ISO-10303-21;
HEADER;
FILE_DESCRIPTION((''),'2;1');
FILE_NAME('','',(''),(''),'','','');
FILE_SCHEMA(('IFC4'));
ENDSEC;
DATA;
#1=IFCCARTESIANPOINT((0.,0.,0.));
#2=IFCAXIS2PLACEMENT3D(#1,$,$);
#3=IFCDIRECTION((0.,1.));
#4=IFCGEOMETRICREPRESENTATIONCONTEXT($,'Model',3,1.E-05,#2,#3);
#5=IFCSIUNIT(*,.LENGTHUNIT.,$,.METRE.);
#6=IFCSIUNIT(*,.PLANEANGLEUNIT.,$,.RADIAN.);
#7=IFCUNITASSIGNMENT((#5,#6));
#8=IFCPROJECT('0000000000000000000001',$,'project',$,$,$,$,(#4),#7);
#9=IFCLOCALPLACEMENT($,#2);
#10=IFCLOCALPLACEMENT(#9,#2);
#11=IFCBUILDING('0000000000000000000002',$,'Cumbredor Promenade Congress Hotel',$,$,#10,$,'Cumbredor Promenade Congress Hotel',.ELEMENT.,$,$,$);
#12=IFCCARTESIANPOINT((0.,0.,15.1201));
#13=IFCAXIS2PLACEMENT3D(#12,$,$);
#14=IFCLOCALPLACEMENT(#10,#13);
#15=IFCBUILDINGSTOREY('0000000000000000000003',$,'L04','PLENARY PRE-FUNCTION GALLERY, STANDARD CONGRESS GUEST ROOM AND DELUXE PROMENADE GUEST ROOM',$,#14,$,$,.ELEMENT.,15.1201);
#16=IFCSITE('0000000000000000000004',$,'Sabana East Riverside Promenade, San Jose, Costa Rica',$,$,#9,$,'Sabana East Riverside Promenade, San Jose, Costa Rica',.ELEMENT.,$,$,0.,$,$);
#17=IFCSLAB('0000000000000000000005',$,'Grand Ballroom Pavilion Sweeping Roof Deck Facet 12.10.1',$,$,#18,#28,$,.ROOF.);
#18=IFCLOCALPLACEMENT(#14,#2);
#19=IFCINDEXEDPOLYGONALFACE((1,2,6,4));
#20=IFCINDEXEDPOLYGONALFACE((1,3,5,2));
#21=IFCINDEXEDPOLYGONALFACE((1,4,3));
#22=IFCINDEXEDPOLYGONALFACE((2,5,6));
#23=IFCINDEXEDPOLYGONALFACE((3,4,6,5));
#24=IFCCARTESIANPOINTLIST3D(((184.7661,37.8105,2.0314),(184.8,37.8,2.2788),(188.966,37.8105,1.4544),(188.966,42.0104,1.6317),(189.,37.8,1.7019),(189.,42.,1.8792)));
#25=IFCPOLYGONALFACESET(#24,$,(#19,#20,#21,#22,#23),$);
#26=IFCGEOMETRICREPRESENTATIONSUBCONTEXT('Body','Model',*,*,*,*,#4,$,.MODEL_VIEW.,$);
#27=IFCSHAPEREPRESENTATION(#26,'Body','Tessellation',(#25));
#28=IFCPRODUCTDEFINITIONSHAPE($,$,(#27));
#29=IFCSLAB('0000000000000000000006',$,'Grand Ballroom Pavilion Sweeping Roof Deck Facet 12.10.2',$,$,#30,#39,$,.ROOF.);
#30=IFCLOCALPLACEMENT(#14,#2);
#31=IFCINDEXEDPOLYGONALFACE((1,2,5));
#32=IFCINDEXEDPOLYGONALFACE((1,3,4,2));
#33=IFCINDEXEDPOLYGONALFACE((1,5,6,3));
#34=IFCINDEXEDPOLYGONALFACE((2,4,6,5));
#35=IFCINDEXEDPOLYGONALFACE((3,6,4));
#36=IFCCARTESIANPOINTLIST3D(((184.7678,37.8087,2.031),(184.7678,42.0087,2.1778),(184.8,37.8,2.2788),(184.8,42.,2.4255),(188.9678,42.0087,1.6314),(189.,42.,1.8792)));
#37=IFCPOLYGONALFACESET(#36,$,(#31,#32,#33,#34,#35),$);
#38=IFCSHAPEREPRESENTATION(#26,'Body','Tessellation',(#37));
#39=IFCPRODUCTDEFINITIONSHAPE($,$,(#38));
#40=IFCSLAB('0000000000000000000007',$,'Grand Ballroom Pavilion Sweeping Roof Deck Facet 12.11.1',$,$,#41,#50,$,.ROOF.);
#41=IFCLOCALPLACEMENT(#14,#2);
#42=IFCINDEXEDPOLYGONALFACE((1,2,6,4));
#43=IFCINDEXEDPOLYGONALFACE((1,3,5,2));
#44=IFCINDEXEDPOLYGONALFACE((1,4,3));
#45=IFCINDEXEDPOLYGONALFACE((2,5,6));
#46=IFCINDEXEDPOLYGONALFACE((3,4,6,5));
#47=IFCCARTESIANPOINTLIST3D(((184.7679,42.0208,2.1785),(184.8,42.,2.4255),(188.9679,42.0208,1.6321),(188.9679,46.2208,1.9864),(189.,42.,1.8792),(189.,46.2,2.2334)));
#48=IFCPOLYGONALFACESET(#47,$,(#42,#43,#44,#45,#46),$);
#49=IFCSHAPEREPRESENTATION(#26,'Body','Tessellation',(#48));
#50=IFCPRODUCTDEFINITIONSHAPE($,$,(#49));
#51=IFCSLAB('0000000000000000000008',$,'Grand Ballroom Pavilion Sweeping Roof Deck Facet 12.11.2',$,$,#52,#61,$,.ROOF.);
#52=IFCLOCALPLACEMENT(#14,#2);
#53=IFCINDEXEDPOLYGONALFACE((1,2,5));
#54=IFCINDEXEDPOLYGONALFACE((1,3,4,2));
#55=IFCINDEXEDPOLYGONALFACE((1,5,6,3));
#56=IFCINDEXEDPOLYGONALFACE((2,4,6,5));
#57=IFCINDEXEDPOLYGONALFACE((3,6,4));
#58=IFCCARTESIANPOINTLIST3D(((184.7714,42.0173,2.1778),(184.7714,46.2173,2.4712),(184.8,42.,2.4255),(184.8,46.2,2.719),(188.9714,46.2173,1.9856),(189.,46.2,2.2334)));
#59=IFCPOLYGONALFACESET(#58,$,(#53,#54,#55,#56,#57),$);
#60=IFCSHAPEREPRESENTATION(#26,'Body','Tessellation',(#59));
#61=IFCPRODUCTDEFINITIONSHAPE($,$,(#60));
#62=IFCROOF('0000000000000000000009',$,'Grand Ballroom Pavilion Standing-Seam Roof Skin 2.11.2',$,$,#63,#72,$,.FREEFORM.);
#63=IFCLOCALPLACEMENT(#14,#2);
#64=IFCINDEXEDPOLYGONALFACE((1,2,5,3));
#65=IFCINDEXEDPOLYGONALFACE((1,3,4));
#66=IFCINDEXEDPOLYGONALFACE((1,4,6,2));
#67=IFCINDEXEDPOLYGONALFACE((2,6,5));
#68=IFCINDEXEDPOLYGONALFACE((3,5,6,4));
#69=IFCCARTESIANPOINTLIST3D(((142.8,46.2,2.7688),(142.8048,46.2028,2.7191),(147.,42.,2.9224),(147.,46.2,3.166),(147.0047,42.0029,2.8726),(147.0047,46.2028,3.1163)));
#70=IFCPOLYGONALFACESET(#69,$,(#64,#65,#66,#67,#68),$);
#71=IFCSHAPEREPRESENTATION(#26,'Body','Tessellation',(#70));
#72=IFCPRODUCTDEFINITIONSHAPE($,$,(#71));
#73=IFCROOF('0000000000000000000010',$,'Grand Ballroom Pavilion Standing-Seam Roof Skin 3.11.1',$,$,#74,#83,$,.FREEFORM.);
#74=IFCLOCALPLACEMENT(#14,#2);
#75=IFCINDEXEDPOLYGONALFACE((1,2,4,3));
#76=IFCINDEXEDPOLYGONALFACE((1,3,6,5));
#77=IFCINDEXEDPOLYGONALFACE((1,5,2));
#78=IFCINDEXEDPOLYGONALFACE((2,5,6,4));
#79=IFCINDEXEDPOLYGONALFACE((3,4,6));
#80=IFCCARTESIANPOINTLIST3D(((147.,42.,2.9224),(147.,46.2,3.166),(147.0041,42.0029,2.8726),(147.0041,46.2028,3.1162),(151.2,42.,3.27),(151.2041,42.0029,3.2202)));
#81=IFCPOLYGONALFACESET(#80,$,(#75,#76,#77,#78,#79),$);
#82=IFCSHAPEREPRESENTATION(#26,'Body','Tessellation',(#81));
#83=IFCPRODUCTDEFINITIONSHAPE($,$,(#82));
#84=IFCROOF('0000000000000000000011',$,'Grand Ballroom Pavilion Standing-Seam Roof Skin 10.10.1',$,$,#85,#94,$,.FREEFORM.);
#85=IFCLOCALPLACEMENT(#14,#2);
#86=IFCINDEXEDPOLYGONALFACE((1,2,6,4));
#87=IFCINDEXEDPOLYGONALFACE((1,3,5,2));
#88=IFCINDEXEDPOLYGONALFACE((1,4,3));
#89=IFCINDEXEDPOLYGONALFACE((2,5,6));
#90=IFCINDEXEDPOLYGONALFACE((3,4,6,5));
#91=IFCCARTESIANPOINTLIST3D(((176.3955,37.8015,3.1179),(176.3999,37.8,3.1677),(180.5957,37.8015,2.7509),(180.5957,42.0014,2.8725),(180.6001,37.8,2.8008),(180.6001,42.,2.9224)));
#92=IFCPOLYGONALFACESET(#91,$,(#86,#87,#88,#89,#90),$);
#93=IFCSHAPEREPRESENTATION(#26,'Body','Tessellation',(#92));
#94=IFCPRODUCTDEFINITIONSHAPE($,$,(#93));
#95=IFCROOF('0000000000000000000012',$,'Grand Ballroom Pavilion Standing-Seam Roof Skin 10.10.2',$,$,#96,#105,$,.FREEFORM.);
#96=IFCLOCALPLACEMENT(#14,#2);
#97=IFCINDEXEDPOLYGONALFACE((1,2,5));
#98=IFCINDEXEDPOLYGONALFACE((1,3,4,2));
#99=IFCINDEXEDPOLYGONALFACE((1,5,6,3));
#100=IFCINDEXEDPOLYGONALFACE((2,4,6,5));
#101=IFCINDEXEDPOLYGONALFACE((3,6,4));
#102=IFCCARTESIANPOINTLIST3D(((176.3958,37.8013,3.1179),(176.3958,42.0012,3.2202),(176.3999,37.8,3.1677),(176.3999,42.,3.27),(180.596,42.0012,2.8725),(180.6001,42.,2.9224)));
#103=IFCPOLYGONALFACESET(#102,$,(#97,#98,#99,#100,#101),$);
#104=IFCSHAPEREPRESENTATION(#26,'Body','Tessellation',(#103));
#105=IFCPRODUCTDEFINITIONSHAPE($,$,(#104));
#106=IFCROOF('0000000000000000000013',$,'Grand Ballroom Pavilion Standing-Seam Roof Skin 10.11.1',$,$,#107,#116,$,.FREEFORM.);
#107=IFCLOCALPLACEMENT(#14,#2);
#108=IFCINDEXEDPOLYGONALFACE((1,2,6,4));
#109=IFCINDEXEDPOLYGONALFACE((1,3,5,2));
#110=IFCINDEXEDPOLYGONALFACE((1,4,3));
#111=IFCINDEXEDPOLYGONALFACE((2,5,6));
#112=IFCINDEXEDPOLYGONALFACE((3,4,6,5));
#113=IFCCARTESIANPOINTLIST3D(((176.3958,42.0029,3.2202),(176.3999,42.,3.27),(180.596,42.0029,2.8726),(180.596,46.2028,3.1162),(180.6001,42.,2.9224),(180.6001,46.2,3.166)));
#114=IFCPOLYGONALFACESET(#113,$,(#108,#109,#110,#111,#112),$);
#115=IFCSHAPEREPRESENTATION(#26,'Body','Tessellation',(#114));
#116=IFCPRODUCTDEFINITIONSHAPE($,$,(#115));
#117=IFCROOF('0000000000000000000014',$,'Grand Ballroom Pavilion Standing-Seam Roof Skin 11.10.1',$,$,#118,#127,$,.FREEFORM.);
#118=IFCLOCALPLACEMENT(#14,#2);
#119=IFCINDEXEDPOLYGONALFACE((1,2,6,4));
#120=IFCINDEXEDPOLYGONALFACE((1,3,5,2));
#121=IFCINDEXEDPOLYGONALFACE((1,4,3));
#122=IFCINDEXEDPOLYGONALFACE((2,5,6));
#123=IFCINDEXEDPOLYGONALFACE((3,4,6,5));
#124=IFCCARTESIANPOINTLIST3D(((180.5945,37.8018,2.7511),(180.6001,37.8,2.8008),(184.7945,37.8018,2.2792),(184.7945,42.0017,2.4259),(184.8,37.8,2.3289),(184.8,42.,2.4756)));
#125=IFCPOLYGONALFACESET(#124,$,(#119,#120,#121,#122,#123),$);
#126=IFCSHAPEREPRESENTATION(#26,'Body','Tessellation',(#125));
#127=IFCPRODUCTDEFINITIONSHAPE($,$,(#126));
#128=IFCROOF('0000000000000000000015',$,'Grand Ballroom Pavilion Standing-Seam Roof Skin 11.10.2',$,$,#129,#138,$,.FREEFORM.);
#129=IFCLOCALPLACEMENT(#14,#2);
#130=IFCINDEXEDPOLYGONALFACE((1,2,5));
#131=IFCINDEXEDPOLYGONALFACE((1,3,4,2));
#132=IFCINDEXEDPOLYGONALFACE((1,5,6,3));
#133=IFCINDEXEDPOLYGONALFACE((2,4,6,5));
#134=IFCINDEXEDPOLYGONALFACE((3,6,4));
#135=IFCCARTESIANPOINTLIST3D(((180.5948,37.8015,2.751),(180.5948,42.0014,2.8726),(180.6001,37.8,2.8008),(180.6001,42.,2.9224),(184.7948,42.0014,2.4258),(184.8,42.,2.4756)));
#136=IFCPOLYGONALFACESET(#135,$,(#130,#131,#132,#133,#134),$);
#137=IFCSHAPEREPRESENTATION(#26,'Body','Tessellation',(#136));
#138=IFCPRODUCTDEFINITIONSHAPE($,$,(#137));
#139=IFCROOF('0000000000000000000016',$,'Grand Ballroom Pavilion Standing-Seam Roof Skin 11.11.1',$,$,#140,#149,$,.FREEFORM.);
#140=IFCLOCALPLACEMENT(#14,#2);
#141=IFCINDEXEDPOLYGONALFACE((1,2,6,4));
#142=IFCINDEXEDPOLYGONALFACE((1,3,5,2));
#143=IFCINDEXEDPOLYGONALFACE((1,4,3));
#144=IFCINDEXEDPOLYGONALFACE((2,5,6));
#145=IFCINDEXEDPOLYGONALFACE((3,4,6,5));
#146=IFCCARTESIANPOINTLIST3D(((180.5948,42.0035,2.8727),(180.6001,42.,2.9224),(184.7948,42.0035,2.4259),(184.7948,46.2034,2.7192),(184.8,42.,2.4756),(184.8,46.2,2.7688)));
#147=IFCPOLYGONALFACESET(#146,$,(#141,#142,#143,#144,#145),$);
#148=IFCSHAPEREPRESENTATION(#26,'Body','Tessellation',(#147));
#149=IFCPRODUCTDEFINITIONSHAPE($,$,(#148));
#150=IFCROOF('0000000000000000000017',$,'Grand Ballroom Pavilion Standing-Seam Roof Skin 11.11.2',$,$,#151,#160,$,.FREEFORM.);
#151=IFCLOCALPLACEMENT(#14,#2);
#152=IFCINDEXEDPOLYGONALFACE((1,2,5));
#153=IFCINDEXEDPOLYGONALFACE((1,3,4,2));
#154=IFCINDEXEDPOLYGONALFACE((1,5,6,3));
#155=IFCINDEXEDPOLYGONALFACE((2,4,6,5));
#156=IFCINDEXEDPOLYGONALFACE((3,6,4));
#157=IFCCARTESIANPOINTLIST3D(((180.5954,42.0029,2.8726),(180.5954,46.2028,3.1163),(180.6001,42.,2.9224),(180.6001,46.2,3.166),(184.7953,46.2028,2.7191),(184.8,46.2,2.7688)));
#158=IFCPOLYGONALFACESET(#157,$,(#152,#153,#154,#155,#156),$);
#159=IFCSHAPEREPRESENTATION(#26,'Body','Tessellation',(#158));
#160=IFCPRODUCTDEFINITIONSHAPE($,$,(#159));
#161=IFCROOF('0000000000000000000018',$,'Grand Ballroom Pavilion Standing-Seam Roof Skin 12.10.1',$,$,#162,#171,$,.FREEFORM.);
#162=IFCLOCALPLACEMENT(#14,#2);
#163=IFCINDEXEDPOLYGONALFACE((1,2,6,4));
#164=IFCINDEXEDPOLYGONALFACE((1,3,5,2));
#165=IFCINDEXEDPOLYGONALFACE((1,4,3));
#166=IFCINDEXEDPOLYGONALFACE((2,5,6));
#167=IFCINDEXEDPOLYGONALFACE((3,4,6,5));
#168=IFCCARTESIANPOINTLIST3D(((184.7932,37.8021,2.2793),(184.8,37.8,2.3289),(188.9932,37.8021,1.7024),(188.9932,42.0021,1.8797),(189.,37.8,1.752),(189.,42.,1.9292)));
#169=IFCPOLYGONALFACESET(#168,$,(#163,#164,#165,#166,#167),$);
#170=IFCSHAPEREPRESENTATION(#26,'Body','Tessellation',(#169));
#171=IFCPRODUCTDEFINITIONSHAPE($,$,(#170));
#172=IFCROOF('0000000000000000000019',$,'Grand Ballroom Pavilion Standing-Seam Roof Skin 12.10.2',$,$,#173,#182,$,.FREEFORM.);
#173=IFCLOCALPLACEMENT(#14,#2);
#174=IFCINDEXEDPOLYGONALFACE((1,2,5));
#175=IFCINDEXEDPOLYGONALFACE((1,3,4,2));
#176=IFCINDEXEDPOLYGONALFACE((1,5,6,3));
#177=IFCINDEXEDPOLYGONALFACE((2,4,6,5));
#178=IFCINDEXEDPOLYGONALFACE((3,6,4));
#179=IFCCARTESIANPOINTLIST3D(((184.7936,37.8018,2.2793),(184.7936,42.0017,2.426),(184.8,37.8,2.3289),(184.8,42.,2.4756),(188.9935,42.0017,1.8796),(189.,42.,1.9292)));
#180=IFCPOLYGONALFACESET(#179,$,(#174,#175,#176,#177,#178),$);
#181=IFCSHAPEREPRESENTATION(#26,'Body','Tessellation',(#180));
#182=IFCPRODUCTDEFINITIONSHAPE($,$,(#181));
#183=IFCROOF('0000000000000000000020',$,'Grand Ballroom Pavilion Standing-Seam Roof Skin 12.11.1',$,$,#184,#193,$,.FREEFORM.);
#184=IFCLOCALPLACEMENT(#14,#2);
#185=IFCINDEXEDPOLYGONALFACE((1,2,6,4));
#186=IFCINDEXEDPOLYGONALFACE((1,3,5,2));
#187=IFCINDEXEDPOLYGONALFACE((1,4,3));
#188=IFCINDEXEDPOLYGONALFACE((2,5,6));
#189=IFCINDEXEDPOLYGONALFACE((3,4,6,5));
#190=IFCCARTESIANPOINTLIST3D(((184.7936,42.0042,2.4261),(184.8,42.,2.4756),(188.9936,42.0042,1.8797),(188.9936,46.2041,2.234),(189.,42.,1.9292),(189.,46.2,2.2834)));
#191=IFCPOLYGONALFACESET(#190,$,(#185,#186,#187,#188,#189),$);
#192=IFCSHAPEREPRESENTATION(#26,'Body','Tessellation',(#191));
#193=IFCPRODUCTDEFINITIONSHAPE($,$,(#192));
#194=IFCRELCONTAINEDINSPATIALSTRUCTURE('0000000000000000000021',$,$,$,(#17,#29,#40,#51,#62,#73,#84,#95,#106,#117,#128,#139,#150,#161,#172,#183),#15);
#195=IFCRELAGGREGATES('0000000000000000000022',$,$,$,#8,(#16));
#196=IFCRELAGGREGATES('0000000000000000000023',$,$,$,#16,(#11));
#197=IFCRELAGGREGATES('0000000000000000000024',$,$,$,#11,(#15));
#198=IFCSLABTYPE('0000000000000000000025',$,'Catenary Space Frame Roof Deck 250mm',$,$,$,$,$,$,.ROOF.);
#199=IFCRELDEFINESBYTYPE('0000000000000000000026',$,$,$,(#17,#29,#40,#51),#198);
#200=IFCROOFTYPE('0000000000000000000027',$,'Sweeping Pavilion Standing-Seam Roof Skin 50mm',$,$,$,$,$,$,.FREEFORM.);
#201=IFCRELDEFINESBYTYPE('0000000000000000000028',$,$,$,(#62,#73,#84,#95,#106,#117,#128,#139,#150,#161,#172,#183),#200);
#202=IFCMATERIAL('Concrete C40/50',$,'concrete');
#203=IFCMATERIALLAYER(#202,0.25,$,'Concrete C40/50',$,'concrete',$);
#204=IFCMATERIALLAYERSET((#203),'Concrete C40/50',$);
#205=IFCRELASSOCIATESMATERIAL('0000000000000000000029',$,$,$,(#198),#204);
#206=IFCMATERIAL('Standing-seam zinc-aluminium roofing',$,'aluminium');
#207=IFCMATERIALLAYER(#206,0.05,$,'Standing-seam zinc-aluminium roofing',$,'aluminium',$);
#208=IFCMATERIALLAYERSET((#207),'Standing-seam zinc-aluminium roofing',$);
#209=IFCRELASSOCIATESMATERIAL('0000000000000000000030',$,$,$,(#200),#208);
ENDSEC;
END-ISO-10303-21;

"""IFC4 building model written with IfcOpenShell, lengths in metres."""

from ifc_helpers import new_model, si_unit, direction, frame, origin, place, context, subcontext, project, spatial, polyline, outline, extrude, material, layer, layer_set, type_object, element, save


model = new_model("IFC4")

# Units and contexts
model_context = context("Model", 3, precision=1e-05, world=origin(), true_north=direction((0.0, 1.0)))
body_context = subcontext(model_context, "Body", "Model", "MODEL_VIEW")
ifc_project = project(units=[si_unit("LENGTHUNIT", "METRE"), si_unit("PLANEANGLEUNIT", "RADIAN")], contexts=[model_context])

# Site, building, storey
site_placement = place(None, origin())
site = spatial("IfcSite", under=ifc_project, at=site_placement, Name="Sabana East Riverside Promenade, San Jose, Costa Rica", LongName="Sabana East Riverside Promenade, San Jose, Costa Rica", CompositionType="ELEMENT", RefElevation=0.0)
building_placement = place(site_placement, origin())
building = spatial("IfcBuilding", under=site, at=building_placement, Name="Cumbredor Promenade Congress Hotel", LongName="Cumbredor Promenade Congress Hotel", CompositionType="ELEMENT")
storey_placement = place(building_placement, frame((0.0, 0.0, 15.1201)))
storey = spatial("IfcBuildingStorey", under=building, at=storey_placement, Name="L04", Description="PLENARY PRE-FUNCTION GALLERY, STANDARD CONGRESS GUEST ROOM AND DELUXE PROMENADE GUEST ROOM", CompositionType="ELEMENT", Elevation=15.1201)

# Slabs
ifc_material_1 = material(Name="Concrete C40/50", Category="concrete")
ifc_layer_1 = layer(ifc_material_1, 0.25, Name="Concrete C40/50", Category="concrete")
ifc_layer_set_1 = layer_set([ifc_layer_1], Name="Concrete C40/50")
slab_type = type_object("IfcSlabType", Name="Catenary Space Frame Roof Deck 250mm", PredefinedType="ROOF", material=ifc_layer_set_1)
slab_1_placement = place(storey_placement, frame((184.8, 37.8, 2.2788), z_axis=(0.135963, -0.041773, 0.989833), x_axis=(0.990698, 0.0, -0.136082)))
element("IfcSlab", 1, at=slab_1_placement, inside=storey, type_object=slab_type, Name="Grand Ballroom Pavilion Sweeping Roof Deck Facet 12.10.1", PredefinedType="ROOF", context=body_context, shape_type="SweptSolid", body=[
    extrude(outline(polyline([(0.0, 0.0), (4.2394, 0.0), (4.2153, 4.2036), (0.0, 0.0)])), origin(), (0.0, 0.0, -1.0), 0.25),
])
slab_2_placement = place(storey_placement, frame((184.8, 37.8, 2.2788), z_axis=(0.128929, -0.034623, 0.991049), x_axis=(0.705511, 0.705511, -0.067135)))
element("IfcSlab", 2, at=slab_2_placement, inside=storey, type_object=slab_type, Name="Grand Ballroom Pavilion Sweeping Roof Deck Facet 12.10.2", PredefinedType="ROOF", context=body_context, shape_type="SweptSolid", body=[
    extrude(outline(polyline([(0.0, 0.0), (5.9531, 0.0), (2.9533, 2.9899), (0.0, 0.0)])), origin(), (0.0, 0.0, -1.0), 0.25),
])
slab_3_placement = place(storey_placement, frame((184.8, 42.0, 2.4255), z_axis=(0.128558, -0.08335, 0.988193), x_axis=(0.991644, 0.0, -0.129006)))
element("IfcSlab", 3, at=slab_3_placement, inside=storey, type_object=slab_type, Name="Grand Ballroom Pavilion Sweeping Roof Deck Facet 12.11.1", PredefinedType="ROOF", context=body_context, shape_type="SweptSolid", body=[
    extrude(outline(polyline([(0.0, 0.0), (4.2353, 0.0), (4.1896, 4.2146), (0.0, 0.0)])), origin(), (0.0, 0.0, -1.0), 0.25),
])
slab_4_placement = place(storey_placement, frame((184.8, 42.0, 2.4255), z_axis=(0.114579, -0.069243, 0.990998), x_axis=(0.706737, 0.706737, -0.032332)))
element("IfcSlab", 4, at=slab_4_placement, inside=storey, type_object=slab_type, Name="Grand Ballroom Pavilion Sweeping Roof Deck Facet 12.11.2", PredefinedType="ROOF", context=body_context, shape_type="SweptSolid", body=[
    extrude(outline(polyline([(0.0, 0.0), (5.9427, 0.0), (2.9588, 2.9952), (0.0, 0.0)])), origin(), (0.0, 0.0, -1.0), 0.25),
])

# Roofs
ifc_material_2 = material(Name="Standing-seam zinc-aluminium roofing", Category="aluminium")
ifc_layer_2 = layer(ifc_material_2, 0.05, Name="Standing-seam zinc-aluminium roofing", Category="aluminium")
ifc_layer_set_2 = layer_set([ifc_layer_2], Name="Standing-seam zinc-aluminium roofing")
roof_type = type_object("IfcRoofType", Name="Sweeping Pavilion Standing-Seam Roof Skin 50mm", PredefinedType="FREEFORM", material=ifc_layer_set_2)
roof_1_placement = place(storey_placement, frame((147.0, 42.0, 2.9224), z_axis=(-0.094, -0.057659, 0.993901), x_axis=(0.0, 0.998321, 0.057916)))
element("IfcRoof", 5, at=roof_1_placement, inside=storey, type_object=roof_type, Name="Grand Ballroom Pavilion Standing-Seam Roof Skin 2.11.2", PredefinedType="FREEFORM", context=body_context, shape_type="SweptSolid", body=[
    extrude(outline(polyline([(0.0, 0.0), (4.207, 0.0), (4.184, 4.2186), (0.0, 0.0)])), origin(), (0.0, 0.0, -1.0), 0.05),
])
roof_2_placement = place(storey_placement, frame((147.0, 42.0, 2.9224), z_axis=(-0.082357, -0.057719, 0.99493), x_axis=(0.996592, 0.0, 0.082494)))
element("IfcRoof", 6, at=roof_2_placement, inside=storey, type_object=roof_type, Name="Grand Ballroom Pavilion Standing-Seam Roof Skin 3.11.1", PredefinedType="FREEFORM", context=body_context, shape_type="SweptSolid", body=[
    extrude(outline(polyline([(0.0, 0.0), (4.2143, 0.0), (0.0201, 4.207), (0.0, 0.0)])), origin(), (0.0, 0.0, -1.0), 0.05),
])
roof_3_placement = place(storey_placement, frame((176.3999, 37.8, 3.1677), z_axis=(0.086996, -0.028827, 0.995792), x_axis=(0.996206, 0.0, -0.087032)))
element("IfcRoof", 7, at=roof_3_placement, inside=storey, type_object=roof_type, Name="Grand Ballroom Pavilion Standing-Seam Roof Skin 10.10.1", PredefinedType="FREEFORM", context=body_context, shape_type="SweptSolid", body=[
    extrude(outline(polyline([(0.0, 0.0), (4.2162, 0.0), (4.2056, 4.2017), (0.0, 0.0)])), origin(), (0.0, 0.0, -1.0), 0.05),
])
roof_4_placement = place(storey_placement, frame((176.3999, 37.8, 3.1677), z_axis=(0.082465, -0.024266, 0.996298), x_axis=(0.706525, 0.706484, -0.041273)))
element("IfcRoof", 8, at=roof_4_placement, inside=storey, type_object=roof_type, Name="Grand Ballroom Pavilion Standing-Seam Roof Skin 10.10.2", PredefinedType="FREEFORM", context=body_context, shape_type="SweptSolid", body=[
    extrude(outline(polyline([(0.0, 0.0), (5.9449, 0.0), (2.963, 2.9784), (0.0, 0.0)])), origin(), (0.0, 0.0, -1.0), 0.05),
])
roof_5_placement = place(storey_placement, frame((176.3999, 42.0, 3.27), z_axis=(0.082352, -0.057719, 0.99493), x_axis=(0.996592, 0.0, -0.082489)))
element("IfcRoof", 9, at=roof_5_placement, inside=storey, type_object=roof_type, Name="Grand Ballroom Pavilion Standing-Seam Roof Skin 10.11.1", PredefinedType="FREEFORM", context=body_context, shape_type="SweptSolid", body=[
    extrude(outline(polyline([(0.0, 0.0), (4.2146, 0.0), (4.1945, 4.207), (0.0, 0.0)])), origin(), (0.0, 0.0, -1.0), 0.05),
])
roof_6_placement = place(storey_placement, frame((180.6001, 37.8, 2.8008), z_axis=(0.111594, -0.034696, 0.993148), x_axis=(0.993746, 0.0, -0.111661)))
element("IfcRoof", 10, at=roof_6_placement, inside=storey, type_object=roof_type, Name="Grand Ballroom Pavilion Standing-Seam Roof Skin 11.10.1", PredefinedType="FREEFORM", context=body_context, shape_type="SweptSolid", body=[
    extrude(outline(polyline([(0.0, 0.0), (4.2264, 0.0), (4.21, 4.2025), (0.0, 0.0)])), origin(), (0.0, 0.0, -1.0), 0.05),
])
roof_7_placement = place(storey_placement, frame((180.6001, 37.8, 2.8008), z_axis=(0.105736, -0.028774, 0.993978), x_axis=(0.706049, 0.706049, -0.054668)))
element("IfcRoof", 11, at=roof_7_placement, inside=storey, type_object=roof_type, Name="Grand Ballroom Pavilion Standing-Seam Roof Skin 11.10.2", PredefinedType="FREEFORM", context=body_context, shape_type="SweptSolid", body=[
    extrude(outline(polyline([(0.0, 0.0), (5.9485, 0.0), (2.9587, 2.9833), (0.0, 0.0)])), origin(), (0.0, 0.0, -1.0), 0.05),
])
roof_8_placement = place(storey_placement, frame((180.6001, 42.0, 2.9224), z_axis=(0.105526, -0.069255, 0.992002), x_axis=(0.99439, 0.0, -0.10578)))
element("IfcRoof", 12, at=roof_8_placement, inside=storey, type_object=roof_type, Name="Grand Ballroom Pavilion Standing-Seam Roof Skin 11.11.1", PredefinedType="FREEFORM", context=body_context, shape_type="SweptSolid", body=[
    extrude(outline(polyline([(0.0, 0.0), (4.2236, 0.0), (4.1926, 4.2101), (0.0, 0.0)])), origin(), (0.0, 0.0, -1.0), 0.05),
])
roof_9_placement = place(storey_placement, frame((180.6001, 42.0, 2.9224), z_axis=(0.094, -0.057659, 0.993901), x_axis=(0.706871, 0.706871, -0.025846)))
element("IfcRoof", 13, at=roof_9_placement, inside=storey, type_object=roof_type, Name="Grand Ballroom Pavilion Standing-Seam Roof Skin 11.11.2", PredefinedType="FREEFORM", context=body_context, shape_type="SweptSolid", body=[
    extrude(outline(polyline([(0.0, 0.0), (5.9416, 0.0), (2.9625, 2.987), (0.0, 0.0)])), origin(), (0.0, 0.0, -1.0), 0.05),
])
roof_10_placement = place(storey_placement, frame((184.8, 37.8, 2.3289), z_axis=(0.135963, -0.041773, 0.989833), x_axis=(0.990698, 0.0, -0.136082)))
element("IfcRoof", 14, at=roof_10_placement, inside=storey, type_object=roof_type, Name="Grand Ballroom Pavilion Standing-Seam Roof Skin 12.10.1", PredefinedType="FREEFORM", context=body_context, shape_type="SweptSolid", body=[
    extrude(outline(polyline([(0.0, 0.0), (4.2394, 0.0), (4.2153, 4.2036), (0.0, 0.0)])), origin(), (0.0, 0.0, -1.0), 0.05),
])
roof_11_placement = place(storey_placement, frame((184.8, 37.8, 2.3289), z_axis=(0.128929, -0.034623, 0.991049), x_axis=(0.705511, 0.705511, -0.067135)))
element("IfcRoof", 15, at=roof_11_placement, inside=storey, type_object=roof_type, Name="Grand Ballroom Pavilion Standing-Seam Roof Skin 12.10.2", PredefinedType="FREEFORM", context=body_context, shape_type="SweptSolid", body=[
    extrude(outline(polyline([(0.0, 0.0), (5.9531, 0.0), (2.9533, 2.9899), (0.0, 0.0)])), origin(), (0.0, 0.0, -1.0), 0.05),
])
roof_12_placement = place(storey_placement, frame((184.8, 42.0, 2.4756), z_axis=(0.128558, -0.08335, 0.988193), x_axis=(0.991644, 0.0, -0.129006)))
element("IfcRoof", 16, at=roof_12_placement, inside=storey, type_object=roof_type, Name="Grand Ballroom Pavilion Standing-Seam Roof Skin 12.11.1", PredefinedType="FREEFORM", context=body_context, shape_type="SweptSolid", body=[
    extrude(outline(polyline([(0.0, 0.0), (4.2353, 0.0), (4.1896, 4.2146), (0.0, 0.0)])), origin(), (0.0, 0.0, -1.0), 0.05),
])

save(model, "model.ifc")
